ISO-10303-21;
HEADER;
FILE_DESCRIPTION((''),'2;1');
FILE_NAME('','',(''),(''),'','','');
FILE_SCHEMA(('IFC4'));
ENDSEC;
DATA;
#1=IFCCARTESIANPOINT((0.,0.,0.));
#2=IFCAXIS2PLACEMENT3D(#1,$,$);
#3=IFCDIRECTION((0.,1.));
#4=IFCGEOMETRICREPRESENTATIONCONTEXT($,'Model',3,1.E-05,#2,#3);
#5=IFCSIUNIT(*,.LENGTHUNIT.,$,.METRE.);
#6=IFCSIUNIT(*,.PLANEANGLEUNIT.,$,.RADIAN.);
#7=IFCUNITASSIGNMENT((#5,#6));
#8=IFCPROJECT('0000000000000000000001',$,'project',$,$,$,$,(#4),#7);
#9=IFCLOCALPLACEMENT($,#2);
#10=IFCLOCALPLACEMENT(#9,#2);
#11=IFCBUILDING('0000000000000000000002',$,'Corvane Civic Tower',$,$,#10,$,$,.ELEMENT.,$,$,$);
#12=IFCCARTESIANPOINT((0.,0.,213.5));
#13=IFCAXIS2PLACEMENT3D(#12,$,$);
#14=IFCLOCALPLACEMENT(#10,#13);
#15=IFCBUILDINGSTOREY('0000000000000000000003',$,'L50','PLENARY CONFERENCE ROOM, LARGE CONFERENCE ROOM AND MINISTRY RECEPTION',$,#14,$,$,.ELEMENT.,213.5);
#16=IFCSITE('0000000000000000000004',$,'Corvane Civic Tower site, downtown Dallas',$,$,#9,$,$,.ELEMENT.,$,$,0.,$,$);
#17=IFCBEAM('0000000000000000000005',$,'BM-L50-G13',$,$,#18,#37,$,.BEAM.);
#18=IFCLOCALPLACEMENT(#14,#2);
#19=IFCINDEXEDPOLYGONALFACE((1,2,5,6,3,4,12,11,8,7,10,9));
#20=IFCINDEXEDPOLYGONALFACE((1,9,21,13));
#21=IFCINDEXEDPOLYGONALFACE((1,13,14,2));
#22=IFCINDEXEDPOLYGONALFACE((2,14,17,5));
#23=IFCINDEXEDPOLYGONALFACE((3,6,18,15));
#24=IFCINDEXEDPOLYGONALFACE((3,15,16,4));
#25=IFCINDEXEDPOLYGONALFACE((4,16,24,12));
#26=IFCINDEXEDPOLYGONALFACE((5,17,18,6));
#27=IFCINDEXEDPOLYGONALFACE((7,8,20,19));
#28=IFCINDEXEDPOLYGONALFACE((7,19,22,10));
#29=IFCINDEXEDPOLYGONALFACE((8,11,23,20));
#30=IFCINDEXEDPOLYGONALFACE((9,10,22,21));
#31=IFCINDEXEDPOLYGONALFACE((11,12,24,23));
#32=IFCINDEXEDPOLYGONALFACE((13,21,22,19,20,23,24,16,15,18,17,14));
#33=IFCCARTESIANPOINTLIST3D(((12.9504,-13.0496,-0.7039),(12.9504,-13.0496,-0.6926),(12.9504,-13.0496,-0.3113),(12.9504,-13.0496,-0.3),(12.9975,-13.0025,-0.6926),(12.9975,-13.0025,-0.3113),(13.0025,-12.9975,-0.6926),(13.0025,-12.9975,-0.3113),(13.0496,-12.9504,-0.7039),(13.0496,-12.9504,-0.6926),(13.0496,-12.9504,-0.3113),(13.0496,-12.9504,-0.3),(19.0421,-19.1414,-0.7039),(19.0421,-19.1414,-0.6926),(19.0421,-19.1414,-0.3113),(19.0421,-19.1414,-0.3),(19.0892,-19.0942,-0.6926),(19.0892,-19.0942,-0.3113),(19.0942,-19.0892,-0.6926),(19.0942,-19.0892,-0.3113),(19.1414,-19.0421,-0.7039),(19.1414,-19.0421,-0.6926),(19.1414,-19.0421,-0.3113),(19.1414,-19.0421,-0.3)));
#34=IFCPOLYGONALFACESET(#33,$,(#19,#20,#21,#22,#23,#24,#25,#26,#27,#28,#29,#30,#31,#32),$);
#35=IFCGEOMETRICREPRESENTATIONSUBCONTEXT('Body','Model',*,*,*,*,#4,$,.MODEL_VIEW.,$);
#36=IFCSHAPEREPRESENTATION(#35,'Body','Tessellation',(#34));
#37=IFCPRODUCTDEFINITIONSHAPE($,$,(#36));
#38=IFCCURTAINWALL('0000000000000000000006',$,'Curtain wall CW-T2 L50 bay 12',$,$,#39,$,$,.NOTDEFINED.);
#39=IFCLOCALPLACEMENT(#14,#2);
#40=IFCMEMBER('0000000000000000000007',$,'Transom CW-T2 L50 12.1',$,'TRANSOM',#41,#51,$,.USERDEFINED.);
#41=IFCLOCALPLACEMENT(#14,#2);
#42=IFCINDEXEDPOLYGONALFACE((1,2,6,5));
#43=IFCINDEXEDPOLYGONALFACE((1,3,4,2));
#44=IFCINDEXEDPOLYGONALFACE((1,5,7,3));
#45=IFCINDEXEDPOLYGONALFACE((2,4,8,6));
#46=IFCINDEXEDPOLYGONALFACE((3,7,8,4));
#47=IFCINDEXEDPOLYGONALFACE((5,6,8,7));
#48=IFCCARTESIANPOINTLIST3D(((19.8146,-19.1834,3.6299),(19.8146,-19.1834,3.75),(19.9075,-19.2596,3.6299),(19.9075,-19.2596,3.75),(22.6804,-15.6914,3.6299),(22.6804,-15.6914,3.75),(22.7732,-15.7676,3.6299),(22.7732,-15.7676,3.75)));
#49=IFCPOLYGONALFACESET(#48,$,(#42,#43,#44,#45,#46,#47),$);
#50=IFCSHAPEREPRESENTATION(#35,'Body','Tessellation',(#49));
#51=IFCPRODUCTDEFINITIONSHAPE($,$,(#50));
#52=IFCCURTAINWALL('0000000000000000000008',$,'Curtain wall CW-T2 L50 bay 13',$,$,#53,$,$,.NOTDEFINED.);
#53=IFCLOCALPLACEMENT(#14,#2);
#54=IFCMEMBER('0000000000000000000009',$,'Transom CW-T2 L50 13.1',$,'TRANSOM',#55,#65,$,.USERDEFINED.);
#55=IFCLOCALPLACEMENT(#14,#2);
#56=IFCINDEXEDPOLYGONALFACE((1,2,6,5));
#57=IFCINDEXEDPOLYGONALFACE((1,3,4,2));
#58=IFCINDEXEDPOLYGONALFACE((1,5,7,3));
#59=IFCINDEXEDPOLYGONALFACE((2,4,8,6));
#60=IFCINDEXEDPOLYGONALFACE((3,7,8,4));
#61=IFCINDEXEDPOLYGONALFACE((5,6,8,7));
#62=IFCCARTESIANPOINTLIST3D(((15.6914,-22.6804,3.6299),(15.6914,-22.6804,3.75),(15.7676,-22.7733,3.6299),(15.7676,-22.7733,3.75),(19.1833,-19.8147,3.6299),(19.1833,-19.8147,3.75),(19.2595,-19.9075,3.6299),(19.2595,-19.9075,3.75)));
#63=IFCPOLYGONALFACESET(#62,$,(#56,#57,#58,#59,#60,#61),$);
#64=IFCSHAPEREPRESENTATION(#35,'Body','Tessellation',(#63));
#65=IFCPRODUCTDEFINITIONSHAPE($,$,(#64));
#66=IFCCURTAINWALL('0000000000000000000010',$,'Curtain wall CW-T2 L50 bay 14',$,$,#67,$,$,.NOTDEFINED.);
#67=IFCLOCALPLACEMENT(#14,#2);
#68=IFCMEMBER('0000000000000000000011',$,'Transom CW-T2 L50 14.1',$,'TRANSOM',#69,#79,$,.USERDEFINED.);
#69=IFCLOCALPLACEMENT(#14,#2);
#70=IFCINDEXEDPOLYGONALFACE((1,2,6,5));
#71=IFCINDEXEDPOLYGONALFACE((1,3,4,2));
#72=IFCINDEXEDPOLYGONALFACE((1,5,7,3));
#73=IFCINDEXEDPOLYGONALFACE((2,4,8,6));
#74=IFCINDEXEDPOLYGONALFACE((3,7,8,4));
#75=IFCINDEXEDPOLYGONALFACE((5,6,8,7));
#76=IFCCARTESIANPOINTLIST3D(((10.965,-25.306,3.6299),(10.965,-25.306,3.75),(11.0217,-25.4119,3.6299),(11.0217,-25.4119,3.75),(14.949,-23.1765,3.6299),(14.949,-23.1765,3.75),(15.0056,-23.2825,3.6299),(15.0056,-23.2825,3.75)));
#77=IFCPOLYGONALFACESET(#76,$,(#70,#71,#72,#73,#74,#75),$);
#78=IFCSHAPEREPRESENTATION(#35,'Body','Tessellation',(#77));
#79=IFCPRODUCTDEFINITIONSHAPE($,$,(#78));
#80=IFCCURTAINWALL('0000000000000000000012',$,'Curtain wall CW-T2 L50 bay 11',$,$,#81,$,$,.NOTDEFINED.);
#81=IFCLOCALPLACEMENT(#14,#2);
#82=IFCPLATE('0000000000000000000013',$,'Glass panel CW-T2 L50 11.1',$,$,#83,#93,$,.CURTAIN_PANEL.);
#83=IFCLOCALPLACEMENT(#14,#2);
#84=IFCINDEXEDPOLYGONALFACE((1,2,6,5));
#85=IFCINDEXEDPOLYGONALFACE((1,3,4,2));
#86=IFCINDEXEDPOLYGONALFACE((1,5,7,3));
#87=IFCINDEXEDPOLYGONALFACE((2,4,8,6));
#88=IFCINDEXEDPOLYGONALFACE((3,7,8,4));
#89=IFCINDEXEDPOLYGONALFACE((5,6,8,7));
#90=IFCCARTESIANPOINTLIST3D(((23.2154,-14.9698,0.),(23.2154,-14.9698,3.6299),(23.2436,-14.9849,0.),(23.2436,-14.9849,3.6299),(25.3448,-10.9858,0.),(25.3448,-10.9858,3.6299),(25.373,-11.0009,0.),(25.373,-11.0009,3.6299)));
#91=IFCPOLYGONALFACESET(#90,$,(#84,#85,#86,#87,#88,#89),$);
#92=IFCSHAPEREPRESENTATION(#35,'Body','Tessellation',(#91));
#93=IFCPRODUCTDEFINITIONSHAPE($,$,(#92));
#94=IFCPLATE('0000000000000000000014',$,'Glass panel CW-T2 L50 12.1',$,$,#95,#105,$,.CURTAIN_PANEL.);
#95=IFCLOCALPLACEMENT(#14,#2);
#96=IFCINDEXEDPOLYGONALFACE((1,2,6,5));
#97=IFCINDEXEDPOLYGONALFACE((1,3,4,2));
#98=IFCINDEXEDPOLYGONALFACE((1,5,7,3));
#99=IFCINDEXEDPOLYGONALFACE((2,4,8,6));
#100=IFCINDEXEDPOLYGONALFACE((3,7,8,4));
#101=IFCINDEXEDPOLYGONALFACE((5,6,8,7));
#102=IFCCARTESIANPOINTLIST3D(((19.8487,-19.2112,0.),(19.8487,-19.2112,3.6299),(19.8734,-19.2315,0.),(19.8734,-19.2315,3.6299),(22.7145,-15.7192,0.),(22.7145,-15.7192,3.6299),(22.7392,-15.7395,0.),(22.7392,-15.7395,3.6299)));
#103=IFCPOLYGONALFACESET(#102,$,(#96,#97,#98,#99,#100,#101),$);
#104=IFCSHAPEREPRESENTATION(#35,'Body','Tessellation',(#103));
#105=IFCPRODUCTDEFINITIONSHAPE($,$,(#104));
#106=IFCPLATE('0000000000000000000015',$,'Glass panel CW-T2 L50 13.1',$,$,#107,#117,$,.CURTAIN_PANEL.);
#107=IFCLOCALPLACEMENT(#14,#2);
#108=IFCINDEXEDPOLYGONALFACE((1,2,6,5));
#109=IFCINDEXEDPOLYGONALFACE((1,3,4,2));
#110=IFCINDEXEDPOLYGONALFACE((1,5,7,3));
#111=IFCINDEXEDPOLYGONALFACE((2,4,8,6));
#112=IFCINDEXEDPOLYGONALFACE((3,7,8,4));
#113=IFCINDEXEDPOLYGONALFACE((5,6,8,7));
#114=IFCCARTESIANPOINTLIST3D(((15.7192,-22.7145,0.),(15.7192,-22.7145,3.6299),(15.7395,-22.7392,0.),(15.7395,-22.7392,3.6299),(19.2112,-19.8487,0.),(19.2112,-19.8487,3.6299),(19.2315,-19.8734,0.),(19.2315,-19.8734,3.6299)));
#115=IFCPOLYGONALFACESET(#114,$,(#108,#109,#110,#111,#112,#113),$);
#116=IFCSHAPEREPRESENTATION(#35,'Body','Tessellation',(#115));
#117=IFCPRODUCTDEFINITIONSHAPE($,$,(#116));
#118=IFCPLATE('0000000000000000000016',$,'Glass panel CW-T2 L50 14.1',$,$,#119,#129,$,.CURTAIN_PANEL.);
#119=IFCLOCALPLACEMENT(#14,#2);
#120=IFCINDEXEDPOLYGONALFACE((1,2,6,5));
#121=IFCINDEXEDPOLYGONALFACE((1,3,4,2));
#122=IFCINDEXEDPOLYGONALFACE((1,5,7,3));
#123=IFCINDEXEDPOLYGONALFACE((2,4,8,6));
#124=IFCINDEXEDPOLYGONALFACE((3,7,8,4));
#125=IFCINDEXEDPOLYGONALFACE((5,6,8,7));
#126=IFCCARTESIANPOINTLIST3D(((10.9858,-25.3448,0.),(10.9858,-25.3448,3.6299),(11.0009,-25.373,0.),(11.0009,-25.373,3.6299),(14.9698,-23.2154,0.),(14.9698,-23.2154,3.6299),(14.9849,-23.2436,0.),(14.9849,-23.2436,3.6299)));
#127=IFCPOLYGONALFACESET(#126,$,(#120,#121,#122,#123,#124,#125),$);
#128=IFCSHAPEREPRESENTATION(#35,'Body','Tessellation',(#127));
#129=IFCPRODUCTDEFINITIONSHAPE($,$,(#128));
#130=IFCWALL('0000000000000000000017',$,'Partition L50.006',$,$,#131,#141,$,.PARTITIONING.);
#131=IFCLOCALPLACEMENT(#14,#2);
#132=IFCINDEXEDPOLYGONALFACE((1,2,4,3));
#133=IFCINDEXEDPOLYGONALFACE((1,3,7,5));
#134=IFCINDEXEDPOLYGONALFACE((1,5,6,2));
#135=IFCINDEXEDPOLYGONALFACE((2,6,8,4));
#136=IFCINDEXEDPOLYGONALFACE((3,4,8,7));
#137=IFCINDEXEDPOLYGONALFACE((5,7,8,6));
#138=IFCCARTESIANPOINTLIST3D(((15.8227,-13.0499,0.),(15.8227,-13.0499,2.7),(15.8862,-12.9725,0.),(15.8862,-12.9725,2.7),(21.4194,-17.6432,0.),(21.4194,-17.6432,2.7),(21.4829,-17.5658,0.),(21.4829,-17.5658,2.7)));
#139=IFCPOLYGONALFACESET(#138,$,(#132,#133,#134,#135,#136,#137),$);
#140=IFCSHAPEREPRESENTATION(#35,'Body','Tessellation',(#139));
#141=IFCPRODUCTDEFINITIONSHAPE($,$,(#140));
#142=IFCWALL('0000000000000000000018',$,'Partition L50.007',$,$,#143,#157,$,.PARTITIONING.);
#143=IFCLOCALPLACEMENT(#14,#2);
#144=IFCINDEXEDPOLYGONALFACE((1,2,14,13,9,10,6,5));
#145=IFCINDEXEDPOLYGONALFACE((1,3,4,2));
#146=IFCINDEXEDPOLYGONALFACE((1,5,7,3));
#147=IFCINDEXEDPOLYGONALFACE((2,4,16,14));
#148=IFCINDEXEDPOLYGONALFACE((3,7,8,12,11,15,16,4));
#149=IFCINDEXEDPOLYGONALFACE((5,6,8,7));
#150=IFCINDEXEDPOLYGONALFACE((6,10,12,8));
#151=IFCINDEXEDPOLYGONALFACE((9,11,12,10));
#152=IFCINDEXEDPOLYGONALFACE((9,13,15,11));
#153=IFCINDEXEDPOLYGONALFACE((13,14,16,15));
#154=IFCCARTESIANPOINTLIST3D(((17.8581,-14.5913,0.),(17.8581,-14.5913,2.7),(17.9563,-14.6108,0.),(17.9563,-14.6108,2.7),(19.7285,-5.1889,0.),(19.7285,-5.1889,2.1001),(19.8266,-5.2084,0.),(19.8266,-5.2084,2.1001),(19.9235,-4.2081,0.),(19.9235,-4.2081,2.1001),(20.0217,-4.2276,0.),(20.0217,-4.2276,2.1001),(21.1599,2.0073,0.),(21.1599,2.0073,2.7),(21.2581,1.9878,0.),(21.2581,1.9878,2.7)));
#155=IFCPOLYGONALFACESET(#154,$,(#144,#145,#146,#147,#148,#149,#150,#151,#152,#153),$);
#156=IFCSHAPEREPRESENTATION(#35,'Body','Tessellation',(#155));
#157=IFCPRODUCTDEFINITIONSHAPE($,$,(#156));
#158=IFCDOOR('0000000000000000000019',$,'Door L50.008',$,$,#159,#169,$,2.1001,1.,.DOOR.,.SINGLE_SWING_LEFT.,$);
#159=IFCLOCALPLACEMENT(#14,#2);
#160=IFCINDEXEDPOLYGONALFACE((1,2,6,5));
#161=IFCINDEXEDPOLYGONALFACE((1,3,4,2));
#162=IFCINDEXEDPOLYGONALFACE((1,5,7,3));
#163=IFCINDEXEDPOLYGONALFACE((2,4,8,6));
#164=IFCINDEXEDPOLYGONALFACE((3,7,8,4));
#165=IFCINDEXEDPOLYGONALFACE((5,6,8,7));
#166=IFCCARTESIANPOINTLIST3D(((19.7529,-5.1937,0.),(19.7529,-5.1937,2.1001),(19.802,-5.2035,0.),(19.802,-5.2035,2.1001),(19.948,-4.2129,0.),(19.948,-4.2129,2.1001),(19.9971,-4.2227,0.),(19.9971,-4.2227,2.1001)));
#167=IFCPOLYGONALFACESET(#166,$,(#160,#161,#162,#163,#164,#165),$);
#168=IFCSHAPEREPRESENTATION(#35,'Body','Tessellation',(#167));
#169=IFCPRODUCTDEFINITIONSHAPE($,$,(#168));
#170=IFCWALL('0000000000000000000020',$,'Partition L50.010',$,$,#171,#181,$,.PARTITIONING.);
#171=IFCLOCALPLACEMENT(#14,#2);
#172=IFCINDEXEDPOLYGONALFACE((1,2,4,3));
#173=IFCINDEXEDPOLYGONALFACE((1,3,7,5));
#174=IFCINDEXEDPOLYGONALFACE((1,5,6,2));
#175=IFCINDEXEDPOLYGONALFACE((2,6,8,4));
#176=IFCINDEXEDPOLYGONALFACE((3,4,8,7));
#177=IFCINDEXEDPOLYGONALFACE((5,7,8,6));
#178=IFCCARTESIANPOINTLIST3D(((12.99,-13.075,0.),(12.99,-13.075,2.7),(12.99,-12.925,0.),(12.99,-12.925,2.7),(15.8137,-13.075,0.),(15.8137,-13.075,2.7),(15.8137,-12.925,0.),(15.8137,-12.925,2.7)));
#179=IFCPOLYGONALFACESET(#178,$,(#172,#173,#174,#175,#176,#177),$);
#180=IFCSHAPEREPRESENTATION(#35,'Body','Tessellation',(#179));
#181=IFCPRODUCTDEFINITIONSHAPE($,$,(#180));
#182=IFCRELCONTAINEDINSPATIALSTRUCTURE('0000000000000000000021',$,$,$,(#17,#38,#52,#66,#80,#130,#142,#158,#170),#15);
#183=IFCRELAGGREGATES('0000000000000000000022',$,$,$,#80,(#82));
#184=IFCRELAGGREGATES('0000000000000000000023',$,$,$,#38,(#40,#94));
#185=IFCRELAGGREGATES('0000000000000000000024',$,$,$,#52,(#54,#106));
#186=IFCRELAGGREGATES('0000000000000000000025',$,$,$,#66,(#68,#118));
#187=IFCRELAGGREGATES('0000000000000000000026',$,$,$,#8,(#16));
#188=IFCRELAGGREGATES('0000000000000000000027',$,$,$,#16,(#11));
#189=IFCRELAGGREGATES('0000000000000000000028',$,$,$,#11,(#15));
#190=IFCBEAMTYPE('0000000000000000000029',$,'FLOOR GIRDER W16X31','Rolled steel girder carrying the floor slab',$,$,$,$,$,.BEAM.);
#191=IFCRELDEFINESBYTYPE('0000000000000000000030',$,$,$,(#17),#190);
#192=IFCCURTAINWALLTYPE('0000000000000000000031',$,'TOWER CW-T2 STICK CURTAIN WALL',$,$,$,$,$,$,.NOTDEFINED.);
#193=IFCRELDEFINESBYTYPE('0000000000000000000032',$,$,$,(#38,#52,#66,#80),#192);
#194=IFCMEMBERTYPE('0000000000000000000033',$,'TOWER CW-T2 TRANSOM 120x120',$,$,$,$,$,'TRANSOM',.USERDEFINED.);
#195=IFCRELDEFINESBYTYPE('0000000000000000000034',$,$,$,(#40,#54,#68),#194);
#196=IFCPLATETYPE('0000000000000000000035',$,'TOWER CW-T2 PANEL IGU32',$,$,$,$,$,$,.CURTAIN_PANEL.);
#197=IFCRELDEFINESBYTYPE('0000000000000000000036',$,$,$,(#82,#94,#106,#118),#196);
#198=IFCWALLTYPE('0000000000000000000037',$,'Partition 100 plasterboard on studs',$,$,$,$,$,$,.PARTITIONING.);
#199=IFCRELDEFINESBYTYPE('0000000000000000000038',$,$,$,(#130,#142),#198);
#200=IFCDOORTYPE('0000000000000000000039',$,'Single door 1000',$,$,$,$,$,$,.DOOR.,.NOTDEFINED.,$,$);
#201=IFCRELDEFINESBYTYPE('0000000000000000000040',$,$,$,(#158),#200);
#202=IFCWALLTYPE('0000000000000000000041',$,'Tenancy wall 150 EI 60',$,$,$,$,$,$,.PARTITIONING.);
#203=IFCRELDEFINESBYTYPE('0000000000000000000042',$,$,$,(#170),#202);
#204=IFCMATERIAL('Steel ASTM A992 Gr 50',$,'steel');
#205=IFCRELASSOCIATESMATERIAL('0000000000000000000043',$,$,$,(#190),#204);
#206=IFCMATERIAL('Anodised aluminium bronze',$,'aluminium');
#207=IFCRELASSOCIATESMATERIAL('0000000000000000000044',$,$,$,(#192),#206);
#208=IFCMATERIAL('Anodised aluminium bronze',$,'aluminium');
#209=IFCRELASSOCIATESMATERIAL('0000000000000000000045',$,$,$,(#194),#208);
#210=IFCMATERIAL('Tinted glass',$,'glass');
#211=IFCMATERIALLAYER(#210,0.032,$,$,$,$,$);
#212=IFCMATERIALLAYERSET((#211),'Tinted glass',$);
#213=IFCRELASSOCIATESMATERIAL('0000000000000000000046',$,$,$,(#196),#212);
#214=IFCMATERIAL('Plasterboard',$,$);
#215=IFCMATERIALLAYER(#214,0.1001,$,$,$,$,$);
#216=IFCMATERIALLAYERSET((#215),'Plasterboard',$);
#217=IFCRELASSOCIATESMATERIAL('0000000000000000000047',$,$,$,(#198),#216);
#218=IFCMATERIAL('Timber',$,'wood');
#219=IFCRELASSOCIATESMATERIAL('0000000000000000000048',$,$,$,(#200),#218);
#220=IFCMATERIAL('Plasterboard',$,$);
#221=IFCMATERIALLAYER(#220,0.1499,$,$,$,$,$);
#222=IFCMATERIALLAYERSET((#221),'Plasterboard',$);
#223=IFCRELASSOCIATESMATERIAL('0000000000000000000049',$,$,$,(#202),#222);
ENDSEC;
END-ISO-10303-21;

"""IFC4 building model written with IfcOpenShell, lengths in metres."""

from ifc_helpers import new_model, si_unit, direction, frame, frame_2d, origin, origin_2d, place, context, subcontext, project, spatial, rectangle, i_section, extrude, material, layer, layer_set, material_profile, profile_set, type_object, element, fill, aggregate, save


model = new_model("IFC4")

# Units and contexts
model_context = context("Model", 3, precision=1e-05, world=origin(), true_north=direction((0.0, 1.0)))
body_context = subcontext(model_context, "Body", "Model", "MODEL_VIEW")
ifc_project = project(units=[si_unit("LENGTHUNIT", "METRE"), si_unit("PLANEANGLEUNIT", "RADIAN")], contexts=[model_context])

# Site, building, storey
site_placement = place(None, origin())
site = spatial("IfcSite", under=ifc_project, at=site_placement, Name="Corvane Civic Tower site, downtown Dallas", CompositionType="ELEMENT", RefElevation=0.0)
building_placement = place(site_placement, origin())
building = spatial("IfcBuilding", under=site, at=building_placement, Name="Corvane Civic Tower", CompositionType="ELEMENT")
storey_placement = place(building_placement, frame((0.0, 0.0, 213.5)))
storey = spatial("IfcBuildingStorey", under=building, at=storey_placement, Name="L50", Description="PLENARY CONFERENCE ROOM, LARGE CONFERENCE ROOM AND MINISTRY RECEPTION", CompositionType="ELEMENT", Elevation=213.5)

# Beam
ifc_material_1 = material(Name="Steel ASTM A992 Gr 50", Category="steel")
ifc_material_profile_1 = material_profile(ifc_material_1, i_section(OverallWidth=0.1404, OverallDepth=0.4038, WebThickness=0.0071, FlangeThickness=0.0112, at=origin_2d()), Name="W16X31")
ifc_profile_set_1 = profile_set([ifc_material_profile_1], Name="Steel ASTM A992 Gr 50")
beam_type_1 = type_object("IfcBeamType", Name="FLOOR GIRDER W16X31", Description="Rolled steel girder carrying the floor slab", PredefinedType="BEAM", material=ifc_profile_set_1)
beam_placement = place(storey_placement, frame((13.0, -13.0, -0.502), z_axis=(0.707107, -0.707107, 0.0), x_axis=(0.707107, 0.707107, 0.0)))
element("IfcBeam", 1, at=beam_placement, inside=storey, type_object=beam_type_1, Name="BM-L50-G13", PredefinedType="BEAM", context=body_context, shape_type="SweptSolid", body=[
    extrude(i_section(OverallWidth=0.1404, OverallDepth=0.4038, WebThickness=0.0071, FlangeThickness=0.0112, at=origin_2d()), origin(), (0.0, 0.0, 1.0), 8.615),
])

# Curtain walls, members
ifc_material_2 = material(Name="Anodised aluminium bronze", Category="aluminium")
curtain_wall_type = type_object("IfcCurtainWallType", Name="TOWER CW-T2 STICK CURTAIN WALL", PredefinedType="NOTDEFINED", material=ifc_material_2)
curtain_wall_1_placement = place(storey_placement, origin())
curtain_wall_1 = element("IfcCurtainWall", 2, at=curtain_wall_1_placement, inside=storey, type_object=curtain_wall_type, Name="Curtain wall CW-T2 L50 bay 12", PredefinedType="NOTDEFINED")
ifc_material_3 = material(Name="Anodised aluminium bronze", Category="aluminium")
ifc_material_profile_2 = material_profile(ifc_material_3, rectangle(XDim=0.1201, YDim=0.1201, at=origin_2d()), Name="TOWER CW-T2 TRANSOM 120x120")
ifc_profile_set_2 = profile_set([ifc_material_profile_2], Name="Anodised aluminium bronze")
member_type = type_object("IfcMemberType", Name="TOWER CW-T2 TRANSOM 120x120", ElementType="TRANSOM", PredefinedType="USERDEFINED", material=ifc_profile_set_2)
member_1_placement = place(storey_placement, frame((22.7268, -15.7295, 3.6899), z_axis=(-0.634388, -0.773015, 0.0), x_axis=(0.773015, -0.634388, 0.0)))
member_1 = element("IfcMember", 3, at=member_1_placement, type_object=member_type, Name="Transom CW-T2 L50 12.1", ObjectType="TRANSOM", PredefinedType="USERDEFINED", context=body_context, shape_type="SweptSolid", body=[
    extrude(rectangle(XDim=0.1201, YDim=0.1201, at=origin_2d()), origin(), (0.0, 0.0, 1.0), 4.5173),
])
curtain_wall_2_placement = place(storey_placement, origin())
curtain_wall_2 = element("IfcCurtainWall", 4, at=curtain_wall_2_placement, inside=storey, type_object=curtain_wall_type, Name="Curtain wall CW-T2 L50 bay 13", PredefinedType="NOTDEFINED")
member_2_placement = place(storey_placement, frame((19.2214, -19.8611, 3.6899), z_axis=(-0.773015, -0.634388, 0.0), x_axis=(0.634388, -0.773015, 0.0)))
member_2 = element("IfcMember", 5, at=member_2_placement, type_object=member_type, Name="Transom CW-T2 L50 13.1", ObjectType="TRANSOM", PredefinedType="USERDEFINED", context=body_context, shape_type="SweptSolid", body=[
    extrude(rectangle(XDim=0.1201, YDim=0.1201, at=origin_2d()), origin(), (0.0, 0.0, 1.0), 4.5173),
])
curtain_wall_3_placement = place(storey_placement, origin())
curtain_wall_3 = element("IfcCurtainWall", 6, at=curtain_wall_3_placement, inside=storey, type_object=curtain_wall_type, Name="Curtain wall CW-T2 L50 bay 14", PredefinedType="NOTDEFINED")
member_3_placement = place(storey_placement, frame((14.9773, -23.2295, 3.6899), z_axis=(-0.881925, -0.47139, 0.0), x_axis=(0.47139, -0.881925, 0.0)))
member_3 = element("IfcMember", 7, at=member_3_placement, type_object=member_type, Name="Transom CW-T2 L50 14.1", ObjectType="TRANSOM", PredefinedType="USERDEFINED", context=body_context, shape_type="SweptSolid", body=[
    extrude(rectangle(XDim=0.1201, YDim=0.1201, at=origin_2d()), origin(), (0.0, 0.0, 1.0), 4.5173),
])

# Curtain wall, plate
curtain_wall_4_placement = place(storey_placement, origin())
curtain_wall_4 = element("IfcCurtainWall", 8, at=curtain_wall_4_placement, inside=storey, type_object=curtain_wall_type, Name="Curtain wall CW-T2 L50 bay 11", PredefinedType="NOTDEFINED")
ifc_material_4 = material(Name="Tinted glass", Category="glass")
ifc_layer_1 = layer(ifc_material_4, 0.032)
ifc_layer_set_1 = layer_set([ifc_layer_1], Name="Tinted glass")
plate_type = type_object("IfcPlateType", Name="TOWER CW-T2 PANEL IGU32", PredefinedType="CURTAIN_PANEL", material=ifc_layer_set_1)
plate_1_placement = place(storey_placement, frame((24.2942, -12.9854, 0.0), z_axis=(0.0, 0.0, 1.0), x_axis=(-0.471398, -0.88192, 0.0)))
plate_1 = element("IfcPlate", 9, at=plate_1_placement, type_object=plate_type, Name="Glass panel CW-T2 L50 11.1", PredefinedType="CURTAIN_PANEL", context=body_context, shape_type="SweptSolid", body=[
    extrude(rectangle(XDim=4.5173, YDim=0.032, at=origin_2d()), origin(), (0.0, 0.0, 1.0), 3.6299),
])
aggregate(curtain_wall_4, [plate_1])

# Plates
plate_2_placement = place(storey_placement, frame((21.2939, -17.4753, 0.0), z_axis=(0.0, 0.0, 1.0), x_axis=(-0.634391, -0.773012, 0.0)))
plate_2 = element("IfcPlate", 10, at=plate_2_placement, type_object=plate_type, Name="Glass panel CW-T2 L50 12.1", PredefinedType="CURTAIN_PANEL", context=body_context, shape_type="SweptSolid", body=[
    extrude(rectangle(XDim=4.5173, YDim=0.032, at=origin_2d()), origin(), (0.0, 0.0, 1.0), 3.6299),
])
aggregate(curtain_wall_1, [member_1, plate_2])
plate_3_placement = place(storey_placement, frame((17.4753, -21.2939, 0.0), z_axis=(0.0, 0.0, 1.0), x_axis=(-0.773012, -0.634391, 0.0)))
plate_3 = element("IfcPlate", 11, at=plate_3_placement, type_object=plate_type, Name="Glass panel CW-T2 L50 13.1", PredefinedType="CURTAIN_PANEL", context=body_context, shape_type="SweptSolid", body=[
    extrude(rectangle(XDim=4.5173, YDim=0.032, at=origin_2d()), origin(), (0.0, 0.0, 1.0), 3.6299),
])
aggregate(curtain_wall_2, [member_2, plate_3])
plate_4_placement = place(storey_placement, frame((12.9854, -24.2942, 0.0), z_axis=(0.0, 0.0, 1.0), x_axis=(-0.88192, -0.471398, 0.0)))
plate_4 = element("IfcPlate", 12, at=plate_4_placement, type_object=plate_type, Name="Glass panel CW-T2 L50 14.1", PredefinedType="CURTAIN_PANEL", context=body_context, shape_type="SweptSolid", body=[
    extrude(rectangle(XDim=4.5173, YDim=0.032, at=origin_2d()), origin(), (0.0, 0.0, 1.0), 3.6299),
])
aggregate(curtain_wall_3, [member_3, plate_4])

# Wall
ifc_material_5 = material(Name="Plasterboard")
ifc_layer_2 = layer(ifc_material_5, 0.1001)
ifc_layer_set_2 = layer_set([ifc_layer_2], Name="Plasterboard")
wall_type_1 = type_object("IfcWallType", Name="Partition 100 plasterboard on studs", PredefinedType="PARTITIONING", material=ifc_layer_set_2)
wall_1_placement = place(storey_placement, frame((15.8545, -13.0112, 0.0), z_axis=(0.0, 0.0, 1.0), x_axis=(0.772998, -0.634409, 0.0)))
element("IfcWall", 13, at=wall_1_placement, inside=storey, type_object=wall_type_1, Name="Partition L50.006", PredefinedType="PARTITIONING", context=body_context, shape_type="SweptSolid", body=[
    extrude(rectangle(XDim=7.2402, YDim=0.1001, at=frame_2d((3.6201, 0.0))), origin(), (0.0, 0.0, 1.0), 2.7),
])

# Wall, opening, door
wall_2_placement = place(storey_placement, frame((17.9072, -14.6011, 0.0), z_axis=(0.0, 0.0, 1.0), x_axis=(0.195095, 0.980784, 0.0)))
wall_2 = element("IfcWall", 14, at=wall_2_placement, inside=storey, type_object=wall_type_1, Name="Partition L50.007", PredefinedType="PARTITIONING", context=body_context, shape_type="SweptSolid", body=[
    extrude(rectangle(XDim=16.9238, YDim=0.1001, at=frame_2d((8.4619, 0.0))), origin(), (0.0, 0.0, 1.0), 2.7),
])
opening_1_placement = place(wall_2_placement, frame((9.5867, 0.0, 0.0)))
opening_1 = element("IfcOpeningElement", 15, at=opening_1_placement, cuts=wall_2, PredefinedType="OPENING", context=body_context, shape_type="SweptSolid", body=[
    extrude(rectangle(XDim=1.0, YDim=2.1001, at=frame_2d((0.5, 1.05))), frame((0.0, 0.0601, 0.0), z_axis=(0.0, -1.0, 0.0), x_axis=(1.0, 0.0, 0.0)), (0.0, 0.0, 1.0), 0.1201),
])
ifc_material_6 = material(Name="Timber", Category="wood")
door_type_1 = type_object("IfcDoorType", Name="Single door 1000", OperationType="NOTDEFINED", PredefinedType="DOOR", material=ifc_material_6)
door_1_placement = place(opening_1_placement, frame((1.0, 0.0, 0.0), z_axis=(0.0, 0.0, 1.0), x_axis=(-1.0, 0.0, 0.0)))
door_1 = element("IfcDoor", 16, at=door_1_placement, inside=storey, type_object=door_type_1, Name="Door L50.008", OperationType="SINGLE_SWING_LEFT", OverallHeight=2.1001, OverallWidth=1.0, PredefinedType="DOOR", context=body_context, shape_type="SweptSolid", body=[
    extrude(rectangle(XDim=1.0, YDim=2.1001, at=frame_2d((0.5, 1.05))), frame((0.0, 0.0249, 0.0), z_axis=(0.0, -1.0, 0.0), x_axis=(1.0, 0.0, 0.0)), (0.0, 0.0, 1.0), 0.05),
])
fill(opening_1, door_1)

# Wall
ifc_material_7 = material(Name="Plasterboard")
ifc_layer_3 = layer(ifc_material_7, 0.1499)
ifc_layer_set_3 = layer_set([ifc_layer_3], Name="Plasterboard")
wall_type_2 = type_object("IfcWallType", Name="Tenancy wall 150 EI 60", PredefinedType="PARTITIONING", material=ifc_layer_set_3)
wall_3_placement = place(storey_placement, frame((12.99, -13.0, 0.0), z_axis=(0.0, 0.0, 1.0), x_axis=(1.0, 0.0, 0.0)))
element("IfcWall", 17, at=wall_3_placement, inside=storey, type_object=wall_type_2, Name="Partition L50.010", PredefinedType="PARTITIONING", context=body_context, shape_type="SweptSolid", body=[
    extrude(rectangle(XDim=2.8237, YDim=0.1499, at=frame_2d((1.4119, 0.0))), origin(), (0.0, 0.0, 1.0), 2.7),
])

save(model, "model.ifc")
